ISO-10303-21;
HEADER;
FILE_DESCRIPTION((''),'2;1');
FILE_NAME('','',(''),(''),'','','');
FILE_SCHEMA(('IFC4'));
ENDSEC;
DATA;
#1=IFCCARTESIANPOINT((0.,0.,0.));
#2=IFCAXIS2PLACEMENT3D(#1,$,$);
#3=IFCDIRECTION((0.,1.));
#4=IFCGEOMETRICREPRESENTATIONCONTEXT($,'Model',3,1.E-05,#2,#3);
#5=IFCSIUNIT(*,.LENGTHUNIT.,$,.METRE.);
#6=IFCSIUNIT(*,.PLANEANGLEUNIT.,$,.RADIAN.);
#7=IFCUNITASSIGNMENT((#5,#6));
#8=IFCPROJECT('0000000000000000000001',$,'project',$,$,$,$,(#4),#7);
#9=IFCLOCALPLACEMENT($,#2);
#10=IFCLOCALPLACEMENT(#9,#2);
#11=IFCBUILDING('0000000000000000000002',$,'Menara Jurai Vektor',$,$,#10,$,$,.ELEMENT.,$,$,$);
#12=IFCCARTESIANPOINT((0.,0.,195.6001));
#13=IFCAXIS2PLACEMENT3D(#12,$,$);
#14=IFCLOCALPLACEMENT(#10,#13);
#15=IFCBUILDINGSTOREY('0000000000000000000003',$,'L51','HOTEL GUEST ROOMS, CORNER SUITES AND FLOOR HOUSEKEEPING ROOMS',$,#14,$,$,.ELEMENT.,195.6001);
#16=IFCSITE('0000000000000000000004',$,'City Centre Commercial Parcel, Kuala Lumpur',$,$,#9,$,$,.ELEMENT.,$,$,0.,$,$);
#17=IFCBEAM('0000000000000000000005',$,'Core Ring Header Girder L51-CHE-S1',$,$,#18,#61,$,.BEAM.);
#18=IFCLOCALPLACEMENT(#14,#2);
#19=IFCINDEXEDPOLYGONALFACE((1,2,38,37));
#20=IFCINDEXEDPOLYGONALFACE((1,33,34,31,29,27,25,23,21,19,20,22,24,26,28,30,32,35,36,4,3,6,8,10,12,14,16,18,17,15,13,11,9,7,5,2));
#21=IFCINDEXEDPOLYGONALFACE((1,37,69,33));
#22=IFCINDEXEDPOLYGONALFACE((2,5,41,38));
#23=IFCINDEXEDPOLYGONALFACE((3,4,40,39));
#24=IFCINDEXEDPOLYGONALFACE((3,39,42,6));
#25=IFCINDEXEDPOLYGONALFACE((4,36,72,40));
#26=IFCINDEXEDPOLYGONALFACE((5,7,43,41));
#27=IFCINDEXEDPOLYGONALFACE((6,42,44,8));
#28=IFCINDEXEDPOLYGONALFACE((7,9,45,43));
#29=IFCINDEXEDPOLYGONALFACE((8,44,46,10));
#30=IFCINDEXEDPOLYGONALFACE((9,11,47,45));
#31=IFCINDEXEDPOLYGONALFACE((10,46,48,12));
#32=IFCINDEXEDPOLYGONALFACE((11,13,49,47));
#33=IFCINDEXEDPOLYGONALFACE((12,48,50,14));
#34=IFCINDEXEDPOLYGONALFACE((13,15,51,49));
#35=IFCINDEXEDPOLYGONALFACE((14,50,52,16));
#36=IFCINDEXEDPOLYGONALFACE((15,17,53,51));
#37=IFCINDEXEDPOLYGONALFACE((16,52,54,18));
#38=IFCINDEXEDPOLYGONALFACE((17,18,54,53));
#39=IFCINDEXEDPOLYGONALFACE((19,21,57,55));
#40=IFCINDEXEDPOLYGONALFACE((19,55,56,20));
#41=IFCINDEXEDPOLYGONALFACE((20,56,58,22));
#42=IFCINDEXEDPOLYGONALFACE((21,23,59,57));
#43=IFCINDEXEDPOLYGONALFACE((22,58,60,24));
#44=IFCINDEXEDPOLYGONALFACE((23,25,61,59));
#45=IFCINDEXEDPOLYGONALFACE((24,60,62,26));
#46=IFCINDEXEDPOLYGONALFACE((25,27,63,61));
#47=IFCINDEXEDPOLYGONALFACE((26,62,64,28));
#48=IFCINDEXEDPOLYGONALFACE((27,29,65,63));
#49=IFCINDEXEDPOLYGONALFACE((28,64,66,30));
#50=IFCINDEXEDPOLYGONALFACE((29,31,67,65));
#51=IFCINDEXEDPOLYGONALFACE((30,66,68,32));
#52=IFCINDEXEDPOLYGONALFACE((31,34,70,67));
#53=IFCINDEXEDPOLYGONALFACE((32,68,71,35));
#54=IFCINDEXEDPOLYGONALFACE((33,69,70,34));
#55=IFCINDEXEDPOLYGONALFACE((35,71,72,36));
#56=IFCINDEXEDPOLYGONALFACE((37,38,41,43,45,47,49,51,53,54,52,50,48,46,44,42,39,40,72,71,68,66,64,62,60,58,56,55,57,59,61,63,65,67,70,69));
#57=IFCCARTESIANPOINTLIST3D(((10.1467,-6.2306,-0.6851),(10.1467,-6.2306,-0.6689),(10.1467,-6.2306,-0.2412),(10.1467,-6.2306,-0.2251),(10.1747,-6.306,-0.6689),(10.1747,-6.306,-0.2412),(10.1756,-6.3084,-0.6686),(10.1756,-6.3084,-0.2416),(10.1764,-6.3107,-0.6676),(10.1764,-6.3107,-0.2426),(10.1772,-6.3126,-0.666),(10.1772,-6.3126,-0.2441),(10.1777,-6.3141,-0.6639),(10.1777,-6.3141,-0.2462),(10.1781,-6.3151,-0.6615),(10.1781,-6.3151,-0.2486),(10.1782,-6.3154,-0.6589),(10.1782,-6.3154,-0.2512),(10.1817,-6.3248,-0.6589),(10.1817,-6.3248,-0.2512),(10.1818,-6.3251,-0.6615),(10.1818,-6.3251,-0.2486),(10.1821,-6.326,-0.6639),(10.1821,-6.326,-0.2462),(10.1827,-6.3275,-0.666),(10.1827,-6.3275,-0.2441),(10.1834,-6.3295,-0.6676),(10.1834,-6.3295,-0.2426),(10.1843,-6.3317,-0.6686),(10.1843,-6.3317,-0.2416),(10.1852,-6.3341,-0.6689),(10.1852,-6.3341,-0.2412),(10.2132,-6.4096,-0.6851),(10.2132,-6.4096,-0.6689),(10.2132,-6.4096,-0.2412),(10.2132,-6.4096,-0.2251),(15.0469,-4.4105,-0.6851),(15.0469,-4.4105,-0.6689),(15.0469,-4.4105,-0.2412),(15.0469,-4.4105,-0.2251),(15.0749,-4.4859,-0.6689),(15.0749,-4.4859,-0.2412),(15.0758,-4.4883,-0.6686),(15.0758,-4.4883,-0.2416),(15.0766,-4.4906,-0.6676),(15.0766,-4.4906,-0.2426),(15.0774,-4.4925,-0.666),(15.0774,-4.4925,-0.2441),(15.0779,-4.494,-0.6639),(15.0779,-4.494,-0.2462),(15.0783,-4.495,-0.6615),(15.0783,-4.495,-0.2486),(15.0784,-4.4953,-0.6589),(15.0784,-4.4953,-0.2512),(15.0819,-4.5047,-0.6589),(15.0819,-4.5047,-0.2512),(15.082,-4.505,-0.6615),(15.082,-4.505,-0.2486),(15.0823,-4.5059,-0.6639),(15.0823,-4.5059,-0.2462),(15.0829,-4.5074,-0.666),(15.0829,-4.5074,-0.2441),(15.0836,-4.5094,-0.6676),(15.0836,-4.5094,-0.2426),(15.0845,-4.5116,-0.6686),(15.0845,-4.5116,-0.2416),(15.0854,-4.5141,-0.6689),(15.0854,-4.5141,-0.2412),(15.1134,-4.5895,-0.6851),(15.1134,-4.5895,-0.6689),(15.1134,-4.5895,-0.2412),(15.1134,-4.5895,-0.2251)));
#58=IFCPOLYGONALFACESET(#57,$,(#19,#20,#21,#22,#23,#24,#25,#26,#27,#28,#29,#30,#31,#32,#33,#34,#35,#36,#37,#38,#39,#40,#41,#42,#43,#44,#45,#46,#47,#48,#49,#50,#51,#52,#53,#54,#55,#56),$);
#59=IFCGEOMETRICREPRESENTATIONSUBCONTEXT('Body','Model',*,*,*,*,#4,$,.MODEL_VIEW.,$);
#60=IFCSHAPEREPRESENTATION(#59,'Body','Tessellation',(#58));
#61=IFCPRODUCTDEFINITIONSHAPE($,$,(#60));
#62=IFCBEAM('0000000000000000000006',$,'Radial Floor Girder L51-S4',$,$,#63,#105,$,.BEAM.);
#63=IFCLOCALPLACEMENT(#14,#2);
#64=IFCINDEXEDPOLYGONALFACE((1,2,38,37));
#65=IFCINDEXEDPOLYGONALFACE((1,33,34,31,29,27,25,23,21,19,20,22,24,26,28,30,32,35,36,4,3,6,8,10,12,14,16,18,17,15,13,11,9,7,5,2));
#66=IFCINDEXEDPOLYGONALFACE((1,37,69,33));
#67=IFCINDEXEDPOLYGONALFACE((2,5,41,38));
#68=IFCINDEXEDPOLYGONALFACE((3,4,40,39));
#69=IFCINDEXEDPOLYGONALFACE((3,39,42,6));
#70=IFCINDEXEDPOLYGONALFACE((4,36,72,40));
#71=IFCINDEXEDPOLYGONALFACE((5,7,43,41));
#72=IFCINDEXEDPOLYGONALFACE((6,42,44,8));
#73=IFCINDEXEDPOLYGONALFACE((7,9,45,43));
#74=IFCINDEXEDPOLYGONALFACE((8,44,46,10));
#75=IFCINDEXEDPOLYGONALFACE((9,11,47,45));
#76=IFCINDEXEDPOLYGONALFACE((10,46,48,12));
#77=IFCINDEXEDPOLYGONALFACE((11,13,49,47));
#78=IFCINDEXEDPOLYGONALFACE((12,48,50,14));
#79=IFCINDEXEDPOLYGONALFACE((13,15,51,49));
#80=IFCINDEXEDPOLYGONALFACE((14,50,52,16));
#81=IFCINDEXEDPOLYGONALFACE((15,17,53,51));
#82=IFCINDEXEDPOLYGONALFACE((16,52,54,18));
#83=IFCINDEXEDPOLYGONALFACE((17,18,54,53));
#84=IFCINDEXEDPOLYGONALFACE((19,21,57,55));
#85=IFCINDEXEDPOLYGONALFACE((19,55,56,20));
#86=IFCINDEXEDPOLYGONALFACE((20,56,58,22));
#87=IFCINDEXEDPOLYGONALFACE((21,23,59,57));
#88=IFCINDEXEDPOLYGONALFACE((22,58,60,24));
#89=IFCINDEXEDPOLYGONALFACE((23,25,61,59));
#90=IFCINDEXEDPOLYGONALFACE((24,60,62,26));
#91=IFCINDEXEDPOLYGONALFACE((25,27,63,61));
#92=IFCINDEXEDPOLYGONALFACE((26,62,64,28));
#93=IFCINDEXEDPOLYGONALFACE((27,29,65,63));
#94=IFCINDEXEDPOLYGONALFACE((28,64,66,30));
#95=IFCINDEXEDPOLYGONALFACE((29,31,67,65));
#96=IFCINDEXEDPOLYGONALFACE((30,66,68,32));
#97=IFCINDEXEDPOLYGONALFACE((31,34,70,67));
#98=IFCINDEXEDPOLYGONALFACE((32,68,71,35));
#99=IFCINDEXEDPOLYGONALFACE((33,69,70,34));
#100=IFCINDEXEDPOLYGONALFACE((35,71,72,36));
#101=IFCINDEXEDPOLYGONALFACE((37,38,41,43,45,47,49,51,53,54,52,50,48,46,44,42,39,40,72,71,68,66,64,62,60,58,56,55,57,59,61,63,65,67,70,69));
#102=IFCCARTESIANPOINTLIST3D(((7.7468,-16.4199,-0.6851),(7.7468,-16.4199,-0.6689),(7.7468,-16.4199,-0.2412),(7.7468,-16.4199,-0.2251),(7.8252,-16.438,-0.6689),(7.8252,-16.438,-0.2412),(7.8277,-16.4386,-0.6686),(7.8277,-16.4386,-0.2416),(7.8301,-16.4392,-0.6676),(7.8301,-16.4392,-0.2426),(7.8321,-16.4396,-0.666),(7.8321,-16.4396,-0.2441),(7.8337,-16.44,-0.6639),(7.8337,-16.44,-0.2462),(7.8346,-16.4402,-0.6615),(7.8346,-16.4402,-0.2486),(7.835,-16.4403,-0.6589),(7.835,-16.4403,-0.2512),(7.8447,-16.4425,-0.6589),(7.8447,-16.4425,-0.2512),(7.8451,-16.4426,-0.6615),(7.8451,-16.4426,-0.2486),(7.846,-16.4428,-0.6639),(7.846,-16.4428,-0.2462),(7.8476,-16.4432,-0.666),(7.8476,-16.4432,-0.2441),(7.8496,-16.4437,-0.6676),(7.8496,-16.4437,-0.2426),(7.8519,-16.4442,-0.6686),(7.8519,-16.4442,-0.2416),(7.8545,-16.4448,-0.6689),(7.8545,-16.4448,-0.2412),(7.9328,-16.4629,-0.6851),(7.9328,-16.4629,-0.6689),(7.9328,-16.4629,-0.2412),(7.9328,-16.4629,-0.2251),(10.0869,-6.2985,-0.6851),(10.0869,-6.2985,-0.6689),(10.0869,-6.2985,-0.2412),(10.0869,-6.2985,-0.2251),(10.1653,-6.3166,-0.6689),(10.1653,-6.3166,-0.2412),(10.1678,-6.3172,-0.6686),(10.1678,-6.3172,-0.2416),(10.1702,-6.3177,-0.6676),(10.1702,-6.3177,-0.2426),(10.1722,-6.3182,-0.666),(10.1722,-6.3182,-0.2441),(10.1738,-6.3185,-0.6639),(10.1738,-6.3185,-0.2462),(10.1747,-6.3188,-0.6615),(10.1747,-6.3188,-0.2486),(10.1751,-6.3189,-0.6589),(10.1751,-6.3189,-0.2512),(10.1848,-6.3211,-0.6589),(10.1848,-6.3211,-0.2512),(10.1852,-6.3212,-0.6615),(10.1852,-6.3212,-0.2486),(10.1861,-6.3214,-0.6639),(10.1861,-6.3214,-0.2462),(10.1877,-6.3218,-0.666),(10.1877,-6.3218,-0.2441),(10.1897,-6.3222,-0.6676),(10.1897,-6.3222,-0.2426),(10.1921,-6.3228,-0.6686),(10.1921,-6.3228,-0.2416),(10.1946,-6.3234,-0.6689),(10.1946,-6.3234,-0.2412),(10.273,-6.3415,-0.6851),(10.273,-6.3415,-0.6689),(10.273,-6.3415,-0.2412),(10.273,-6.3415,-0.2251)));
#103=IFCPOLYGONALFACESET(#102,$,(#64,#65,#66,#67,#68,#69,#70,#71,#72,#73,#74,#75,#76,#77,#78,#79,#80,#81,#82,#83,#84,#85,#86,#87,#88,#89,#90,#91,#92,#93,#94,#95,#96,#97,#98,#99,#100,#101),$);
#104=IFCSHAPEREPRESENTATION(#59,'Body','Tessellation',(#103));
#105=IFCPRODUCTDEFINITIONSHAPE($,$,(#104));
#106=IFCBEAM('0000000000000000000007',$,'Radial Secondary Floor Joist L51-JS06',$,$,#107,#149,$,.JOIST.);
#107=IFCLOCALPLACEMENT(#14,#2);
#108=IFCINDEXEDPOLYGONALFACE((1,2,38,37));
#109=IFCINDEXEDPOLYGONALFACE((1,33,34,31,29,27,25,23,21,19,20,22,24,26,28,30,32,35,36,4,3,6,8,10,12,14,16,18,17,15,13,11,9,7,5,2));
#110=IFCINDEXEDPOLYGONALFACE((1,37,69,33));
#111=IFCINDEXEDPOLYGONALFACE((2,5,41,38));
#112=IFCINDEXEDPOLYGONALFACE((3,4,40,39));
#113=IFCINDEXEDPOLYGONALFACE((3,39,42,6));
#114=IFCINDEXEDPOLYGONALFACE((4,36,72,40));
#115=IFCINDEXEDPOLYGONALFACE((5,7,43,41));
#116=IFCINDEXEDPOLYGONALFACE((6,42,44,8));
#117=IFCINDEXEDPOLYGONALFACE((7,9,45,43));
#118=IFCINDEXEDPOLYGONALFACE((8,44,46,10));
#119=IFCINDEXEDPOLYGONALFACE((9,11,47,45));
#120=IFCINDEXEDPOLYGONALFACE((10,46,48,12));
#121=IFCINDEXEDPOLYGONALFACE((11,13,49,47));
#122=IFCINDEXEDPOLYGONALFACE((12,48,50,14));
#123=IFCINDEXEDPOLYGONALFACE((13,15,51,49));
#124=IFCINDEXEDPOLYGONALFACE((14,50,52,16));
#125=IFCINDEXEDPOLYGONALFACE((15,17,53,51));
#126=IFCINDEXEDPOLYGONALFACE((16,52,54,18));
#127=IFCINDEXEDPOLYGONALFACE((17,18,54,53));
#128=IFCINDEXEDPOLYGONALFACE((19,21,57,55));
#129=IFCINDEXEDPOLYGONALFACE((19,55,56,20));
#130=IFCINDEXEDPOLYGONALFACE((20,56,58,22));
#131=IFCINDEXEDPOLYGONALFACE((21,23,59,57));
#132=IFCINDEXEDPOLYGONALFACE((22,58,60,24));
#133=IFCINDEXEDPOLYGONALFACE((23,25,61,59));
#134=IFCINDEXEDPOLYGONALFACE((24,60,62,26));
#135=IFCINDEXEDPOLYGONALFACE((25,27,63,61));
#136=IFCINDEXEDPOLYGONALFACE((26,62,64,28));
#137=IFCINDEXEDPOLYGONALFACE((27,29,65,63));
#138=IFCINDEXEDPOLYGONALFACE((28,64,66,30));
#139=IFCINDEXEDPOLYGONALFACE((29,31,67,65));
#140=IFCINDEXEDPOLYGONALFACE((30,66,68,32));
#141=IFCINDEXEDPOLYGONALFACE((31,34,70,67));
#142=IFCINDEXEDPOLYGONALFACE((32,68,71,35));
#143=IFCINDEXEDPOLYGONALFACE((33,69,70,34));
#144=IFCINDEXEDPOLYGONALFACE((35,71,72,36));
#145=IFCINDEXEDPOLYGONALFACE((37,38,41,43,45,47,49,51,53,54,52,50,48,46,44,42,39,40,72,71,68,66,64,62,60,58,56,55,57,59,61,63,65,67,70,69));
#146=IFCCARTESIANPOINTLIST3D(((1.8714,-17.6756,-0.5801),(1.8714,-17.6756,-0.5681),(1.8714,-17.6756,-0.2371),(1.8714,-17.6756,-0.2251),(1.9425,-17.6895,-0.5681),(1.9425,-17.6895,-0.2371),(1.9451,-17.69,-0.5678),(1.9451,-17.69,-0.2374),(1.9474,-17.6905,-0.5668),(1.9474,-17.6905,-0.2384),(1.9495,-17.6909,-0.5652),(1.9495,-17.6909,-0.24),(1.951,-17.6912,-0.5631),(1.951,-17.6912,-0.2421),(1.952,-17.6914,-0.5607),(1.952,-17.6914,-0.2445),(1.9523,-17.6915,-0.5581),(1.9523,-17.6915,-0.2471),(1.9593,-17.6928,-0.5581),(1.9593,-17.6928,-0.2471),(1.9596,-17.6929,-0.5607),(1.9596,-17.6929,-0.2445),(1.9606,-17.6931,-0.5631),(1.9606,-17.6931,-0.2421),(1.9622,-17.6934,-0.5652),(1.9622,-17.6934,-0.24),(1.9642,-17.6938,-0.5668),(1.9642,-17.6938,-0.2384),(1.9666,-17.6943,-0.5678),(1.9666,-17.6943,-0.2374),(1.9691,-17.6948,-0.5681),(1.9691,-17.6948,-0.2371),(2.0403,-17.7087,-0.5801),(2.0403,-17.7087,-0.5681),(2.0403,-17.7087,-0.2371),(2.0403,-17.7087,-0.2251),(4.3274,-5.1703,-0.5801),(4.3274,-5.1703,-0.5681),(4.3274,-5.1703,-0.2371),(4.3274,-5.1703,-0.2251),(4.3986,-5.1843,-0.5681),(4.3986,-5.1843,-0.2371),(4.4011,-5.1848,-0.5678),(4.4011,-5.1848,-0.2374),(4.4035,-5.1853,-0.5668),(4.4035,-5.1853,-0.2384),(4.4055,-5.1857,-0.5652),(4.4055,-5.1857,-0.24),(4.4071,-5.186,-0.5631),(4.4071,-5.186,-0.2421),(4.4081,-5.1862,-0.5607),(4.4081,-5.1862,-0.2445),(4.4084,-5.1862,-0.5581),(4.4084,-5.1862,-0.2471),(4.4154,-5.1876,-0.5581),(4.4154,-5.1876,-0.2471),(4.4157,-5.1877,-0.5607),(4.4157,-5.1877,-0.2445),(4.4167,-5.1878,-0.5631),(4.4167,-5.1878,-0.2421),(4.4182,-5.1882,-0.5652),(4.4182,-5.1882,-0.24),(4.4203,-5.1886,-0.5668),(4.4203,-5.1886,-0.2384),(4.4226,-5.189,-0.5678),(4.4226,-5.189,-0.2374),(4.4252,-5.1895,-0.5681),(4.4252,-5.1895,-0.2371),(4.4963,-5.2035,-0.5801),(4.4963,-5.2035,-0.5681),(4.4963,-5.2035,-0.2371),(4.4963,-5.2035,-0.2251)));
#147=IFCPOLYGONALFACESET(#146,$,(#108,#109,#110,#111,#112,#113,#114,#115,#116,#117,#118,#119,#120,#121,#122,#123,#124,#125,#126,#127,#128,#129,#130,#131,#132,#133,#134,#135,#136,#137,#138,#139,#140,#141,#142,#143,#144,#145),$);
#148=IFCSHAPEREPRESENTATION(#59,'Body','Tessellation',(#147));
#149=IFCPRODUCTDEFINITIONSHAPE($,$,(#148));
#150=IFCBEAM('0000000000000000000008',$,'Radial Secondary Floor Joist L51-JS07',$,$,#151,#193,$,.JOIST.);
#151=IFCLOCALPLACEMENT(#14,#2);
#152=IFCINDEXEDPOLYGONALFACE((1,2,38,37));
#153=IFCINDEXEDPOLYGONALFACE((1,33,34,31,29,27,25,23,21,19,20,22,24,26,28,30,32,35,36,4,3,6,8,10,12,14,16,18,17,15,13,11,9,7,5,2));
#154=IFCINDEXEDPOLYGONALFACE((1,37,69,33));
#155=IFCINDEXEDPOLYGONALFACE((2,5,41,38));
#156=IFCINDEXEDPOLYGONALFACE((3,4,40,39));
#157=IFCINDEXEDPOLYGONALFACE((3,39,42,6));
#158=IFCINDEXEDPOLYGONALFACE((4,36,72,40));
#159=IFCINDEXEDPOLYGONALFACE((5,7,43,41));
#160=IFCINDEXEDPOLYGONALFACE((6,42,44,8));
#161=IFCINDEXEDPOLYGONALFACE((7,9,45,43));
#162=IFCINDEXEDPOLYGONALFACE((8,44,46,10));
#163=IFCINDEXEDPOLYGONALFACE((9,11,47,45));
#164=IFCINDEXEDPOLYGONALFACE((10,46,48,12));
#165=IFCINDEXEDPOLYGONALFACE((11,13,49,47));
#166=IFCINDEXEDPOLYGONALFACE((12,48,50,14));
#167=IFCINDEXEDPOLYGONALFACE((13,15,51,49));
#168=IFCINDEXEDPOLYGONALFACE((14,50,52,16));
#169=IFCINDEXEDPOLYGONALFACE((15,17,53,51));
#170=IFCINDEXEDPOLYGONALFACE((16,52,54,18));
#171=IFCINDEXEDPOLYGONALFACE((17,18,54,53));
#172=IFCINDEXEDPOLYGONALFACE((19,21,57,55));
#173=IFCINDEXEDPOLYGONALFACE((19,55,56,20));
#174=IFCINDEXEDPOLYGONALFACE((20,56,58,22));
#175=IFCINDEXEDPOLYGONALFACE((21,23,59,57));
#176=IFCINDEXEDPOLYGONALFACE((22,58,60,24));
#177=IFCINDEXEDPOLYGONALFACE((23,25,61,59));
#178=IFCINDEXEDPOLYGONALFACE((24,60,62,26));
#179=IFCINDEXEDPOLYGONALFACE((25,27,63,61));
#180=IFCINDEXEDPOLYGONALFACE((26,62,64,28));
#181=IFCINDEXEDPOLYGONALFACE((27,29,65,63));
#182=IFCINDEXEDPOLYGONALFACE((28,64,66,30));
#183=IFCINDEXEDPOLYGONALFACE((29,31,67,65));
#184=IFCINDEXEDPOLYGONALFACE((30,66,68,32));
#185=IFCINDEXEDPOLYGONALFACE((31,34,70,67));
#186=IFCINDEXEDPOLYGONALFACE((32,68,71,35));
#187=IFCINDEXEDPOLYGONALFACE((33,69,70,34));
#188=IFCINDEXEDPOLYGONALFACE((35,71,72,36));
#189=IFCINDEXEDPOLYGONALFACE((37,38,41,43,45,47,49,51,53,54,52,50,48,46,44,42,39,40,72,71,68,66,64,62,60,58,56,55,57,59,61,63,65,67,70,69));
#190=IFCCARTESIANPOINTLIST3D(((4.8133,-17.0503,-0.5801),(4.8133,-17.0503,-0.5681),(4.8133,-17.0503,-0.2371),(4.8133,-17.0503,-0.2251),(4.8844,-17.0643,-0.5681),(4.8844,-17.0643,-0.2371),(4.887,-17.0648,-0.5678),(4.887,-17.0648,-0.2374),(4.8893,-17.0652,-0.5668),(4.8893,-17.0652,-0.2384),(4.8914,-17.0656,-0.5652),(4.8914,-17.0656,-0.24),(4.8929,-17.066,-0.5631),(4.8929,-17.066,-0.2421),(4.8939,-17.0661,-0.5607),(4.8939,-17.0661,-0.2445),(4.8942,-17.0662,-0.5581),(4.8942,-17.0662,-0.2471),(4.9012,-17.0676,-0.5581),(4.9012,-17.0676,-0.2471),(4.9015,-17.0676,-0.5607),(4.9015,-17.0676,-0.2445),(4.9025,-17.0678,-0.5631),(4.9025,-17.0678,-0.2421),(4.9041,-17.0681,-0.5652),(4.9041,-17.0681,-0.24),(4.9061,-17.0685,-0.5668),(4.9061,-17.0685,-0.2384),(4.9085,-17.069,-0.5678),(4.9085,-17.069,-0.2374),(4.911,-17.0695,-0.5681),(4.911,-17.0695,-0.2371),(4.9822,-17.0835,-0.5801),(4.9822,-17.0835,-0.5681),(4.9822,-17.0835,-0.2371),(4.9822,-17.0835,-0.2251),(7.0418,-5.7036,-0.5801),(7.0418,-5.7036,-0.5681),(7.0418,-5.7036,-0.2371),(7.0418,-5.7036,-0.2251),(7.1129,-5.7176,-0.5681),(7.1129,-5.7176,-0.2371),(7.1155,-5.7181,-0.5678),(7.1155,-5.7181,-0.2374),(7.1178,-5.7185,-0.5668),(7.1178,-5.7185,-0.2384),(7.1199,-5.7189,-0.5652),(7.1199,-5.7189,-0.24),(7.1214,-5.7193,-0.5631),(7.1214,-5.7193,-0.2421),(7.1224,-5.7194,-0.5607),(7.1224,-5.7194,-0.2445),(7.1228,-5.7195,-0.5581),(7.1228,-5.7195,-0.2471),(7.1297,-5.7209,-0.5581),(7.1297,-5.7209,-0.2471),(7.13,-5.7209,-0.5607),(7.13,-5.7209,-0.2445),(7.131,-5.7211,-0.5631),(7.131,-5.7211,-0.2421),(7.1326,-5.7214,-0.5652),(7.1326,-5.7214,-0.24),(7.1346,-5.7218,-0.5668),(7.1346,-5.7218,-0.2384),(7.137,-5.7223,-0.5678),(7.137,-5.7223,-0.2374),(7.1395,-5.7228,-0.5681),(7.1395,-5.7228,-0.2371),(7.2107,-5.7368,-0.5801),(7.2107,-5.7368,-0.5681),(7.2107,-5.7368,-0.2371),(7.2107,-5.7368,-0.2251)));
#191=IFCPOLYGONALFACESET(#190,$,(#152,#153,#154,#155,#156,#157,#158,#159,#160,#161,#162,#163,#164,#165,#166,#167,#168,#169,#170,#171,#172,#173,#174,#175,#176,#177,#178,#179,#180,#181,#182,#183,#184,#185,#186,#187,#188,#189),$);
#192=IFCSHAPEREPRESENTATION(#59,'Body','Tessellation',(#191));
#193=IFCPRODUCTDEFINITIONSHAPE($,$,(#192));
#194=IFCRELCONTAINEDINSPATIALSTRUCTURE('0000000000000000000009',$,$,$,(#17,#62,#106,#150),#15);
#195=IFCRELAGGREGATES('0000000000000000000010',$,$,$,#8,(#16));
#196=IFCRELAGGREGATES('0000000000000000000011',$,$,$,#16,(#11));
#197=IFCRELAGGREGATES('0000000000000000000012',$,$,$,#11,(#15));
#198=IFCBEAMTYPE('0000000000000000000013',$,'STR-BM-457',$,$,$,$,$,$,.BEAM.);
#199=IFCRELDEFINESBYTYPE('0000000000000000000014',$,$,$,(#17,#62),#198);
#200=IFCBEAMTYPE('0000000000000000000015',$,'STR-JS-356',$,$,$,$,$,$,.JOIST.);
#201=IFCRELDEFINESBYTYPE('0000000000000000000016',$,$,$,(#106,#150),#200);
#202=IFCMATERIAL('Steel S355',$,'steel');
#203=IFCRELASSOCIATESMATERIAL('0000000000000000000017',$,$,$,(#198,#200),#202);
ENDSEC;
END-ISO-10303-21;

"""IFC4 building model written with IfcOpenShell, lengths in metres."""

from ifc_helpers import new_model, si_unit, direction, frame, origin, origin_2d, place, context, subcontext, project, spatial, i_section, extrude, material, material_profile, profile_set, type_object, element, save


model = new_model("IFC4")

# Units and contexts
model_context = context("Model", 3, precision=1e-05, world=origin(), true_north=direction((0.0, 1.0)))
body_context = subcontext(model_context, "Body", "Model", "MODEL_VIEW")
ifc_project = project(units=[si_unit("LENGTHUNIT", "METRE"), si_unit("PLANEANGLEUNIT", "RADIAN")], contexts=[model_context])

# Site, building, storey
site_placement = place(None, origin())
site = spatial("IfcSite", under=ifc_project, at=site_placement, Name="City Centre Commercial Parcel, Kuala Lumpur", CompositionType="ELEMENT", RefElevation=0.0)
building_placement = place(site_placement, origin())
building = spatial("IfcBuilding", under=site, at=building_placement, Name="Menara Jurai Vektor", CompositionType="ELEMENT")
storey_placement = place(building_placement, frame((0.0, 0.0, 195.6001)))
storey = spatial("IfcBuildingStorey", under=building, at=storey_placement, Name="L51", Description="HOTEL GUEST ROOMS, CORNER SUITES AND FLOOR HOUSEKEEPING ROOMS", CompositionType="ELEMENT", Elevation=195.6001)

# Beams
ifc_material_1 = material(Name="Steel S355", Category="steel")
ifc_material_profile_1 = material_profile(ifc_material_1, i_section(OverallWidth=0.1909, OverallDepth=0.46, WebThickness=0.01, FlangeThickness=0.0161, FilletRadius=0.01, at=origin_2d()), Name="UKB 457x191x82")
ifc_profile_set_1 = profile_set([ifc_material_profile_1], Name="Steel S355")
beam_type_1 = type_object("IfcBeamType", Name="STR-BM-457", PredefinedType="BEAM", material=ifc_profile_set_1)
beam_1_placement = place(storey_placement, frame((10.1799, -6.3201, -0.4551), z_axis=(0.937424, 0.348189, 0.0), x_axis=(-0.348189, 0.937424, 0.0)))
element("IfcBeam", 1, at=beam_1_placement, inside=storey, type_object=beam_type_1, Name="Core Ring Header Girder L51-CHE-S1", PredefinedType="BEAM", context=body_context, shape_type="SweptSolid", body=[
    extrude(i_section(OverallWidth=0.1909, OverallDepth=0.46, WebThickness=0.01, FlangeThickness=0.0161, FilletRadius=0.01, at=origin_2d()), origin(), (0.0, 0.0, 1.0), 5.2273),
])
beam_2_placement = place(storey_placement, frame((7.8398, -16.4414, -0.4551), z_axis=(0.225261, 0.974298, 0.0), x_axis=(-0.974298, 0.225261, 0.0)))
element("IfcBeam", 2, at=beam_2_placement, inside=storey, type_object=beam_type_1, Name="Radial Floor Girder L51-S4", PredefinedType="BEAM", context=body_context, shape_type="SweptSolid", body=[
    extrude(i_section(OverallWidth=0.1909, OverallDepth=0.46, WebThickness=0.01, FlangeThickness=0.0161, FilletRadius=0.01, at=origin_2d()), origin(), (0.0, 0.0, 1.0), 10.3884),
])
ifc_material_profile_2 = material_profile(ifc_material_1, i_section(OverallWidth=0.1721, OverallDepth=0.355, WebThickness=0.0071, FlangeThickness=0.012, FilletRadius=0.01, at=origin_2d()), Name="UKB 356x171x51")
ifc_profile_set_2 = profile_set([ifc_material_profile_2], Name="Steel S355")
beam_type_2 = type_object("IfcBeamType", Name="STR-JS-356", PredefinedType="JOIST", material=ifc_profile_set_2)
beam_3_placement = place(storey_placement, frame((1.9558, -17.6921, -0.4026), z_axis=(0.192722, 0.981253, 0.0), x_axis=(-0.981253, 0.192722, 0.0)))
element("IfcBeam", 3, at=beam_3_placement, inside=storey, type_object=beam_type_2, Name="Radial Secondary Floor Joist L51-JS06", PredefinedType="JOIST", context=body_context, shape_type="SweptSolid", body=[
    extrude(i_section(OverallWidth=0.1721, OverallDepth=0.355, WebThickness=0.0071, FlangeThickness=0.012, FilletRadius=0.01, at=origin_2d()), origin(), (0.0, 0.0, 1.0), 12.7441),
])
beam_4_placement = place(storey_placement, frame((4.8977, -17.0669, -0.4026), z_axis=(0.192721, 0.981254, 0.0), x_axis=(-0.981254, 0.192721, 0.0)))
element("IfcBeam", 4, at=beam_4_placement, inside=storey, type_object=beam_type_2, Name="Radial Secondary Floor Joist L51-JS07", PredefinedType="JOIST", context=body_context, shape_type="SweptSolid", body=[
    extrude(i_section(OverallWidth=0.1721, OverallDepth=0.355, WebThickness=0.0071, FlangeThickness=0.012, FilletRadius=0.01, at=origin_2d()), origin(), (0.0, 0.0, 1.0), 11.5635),
])

save(model, "model.ifc")
